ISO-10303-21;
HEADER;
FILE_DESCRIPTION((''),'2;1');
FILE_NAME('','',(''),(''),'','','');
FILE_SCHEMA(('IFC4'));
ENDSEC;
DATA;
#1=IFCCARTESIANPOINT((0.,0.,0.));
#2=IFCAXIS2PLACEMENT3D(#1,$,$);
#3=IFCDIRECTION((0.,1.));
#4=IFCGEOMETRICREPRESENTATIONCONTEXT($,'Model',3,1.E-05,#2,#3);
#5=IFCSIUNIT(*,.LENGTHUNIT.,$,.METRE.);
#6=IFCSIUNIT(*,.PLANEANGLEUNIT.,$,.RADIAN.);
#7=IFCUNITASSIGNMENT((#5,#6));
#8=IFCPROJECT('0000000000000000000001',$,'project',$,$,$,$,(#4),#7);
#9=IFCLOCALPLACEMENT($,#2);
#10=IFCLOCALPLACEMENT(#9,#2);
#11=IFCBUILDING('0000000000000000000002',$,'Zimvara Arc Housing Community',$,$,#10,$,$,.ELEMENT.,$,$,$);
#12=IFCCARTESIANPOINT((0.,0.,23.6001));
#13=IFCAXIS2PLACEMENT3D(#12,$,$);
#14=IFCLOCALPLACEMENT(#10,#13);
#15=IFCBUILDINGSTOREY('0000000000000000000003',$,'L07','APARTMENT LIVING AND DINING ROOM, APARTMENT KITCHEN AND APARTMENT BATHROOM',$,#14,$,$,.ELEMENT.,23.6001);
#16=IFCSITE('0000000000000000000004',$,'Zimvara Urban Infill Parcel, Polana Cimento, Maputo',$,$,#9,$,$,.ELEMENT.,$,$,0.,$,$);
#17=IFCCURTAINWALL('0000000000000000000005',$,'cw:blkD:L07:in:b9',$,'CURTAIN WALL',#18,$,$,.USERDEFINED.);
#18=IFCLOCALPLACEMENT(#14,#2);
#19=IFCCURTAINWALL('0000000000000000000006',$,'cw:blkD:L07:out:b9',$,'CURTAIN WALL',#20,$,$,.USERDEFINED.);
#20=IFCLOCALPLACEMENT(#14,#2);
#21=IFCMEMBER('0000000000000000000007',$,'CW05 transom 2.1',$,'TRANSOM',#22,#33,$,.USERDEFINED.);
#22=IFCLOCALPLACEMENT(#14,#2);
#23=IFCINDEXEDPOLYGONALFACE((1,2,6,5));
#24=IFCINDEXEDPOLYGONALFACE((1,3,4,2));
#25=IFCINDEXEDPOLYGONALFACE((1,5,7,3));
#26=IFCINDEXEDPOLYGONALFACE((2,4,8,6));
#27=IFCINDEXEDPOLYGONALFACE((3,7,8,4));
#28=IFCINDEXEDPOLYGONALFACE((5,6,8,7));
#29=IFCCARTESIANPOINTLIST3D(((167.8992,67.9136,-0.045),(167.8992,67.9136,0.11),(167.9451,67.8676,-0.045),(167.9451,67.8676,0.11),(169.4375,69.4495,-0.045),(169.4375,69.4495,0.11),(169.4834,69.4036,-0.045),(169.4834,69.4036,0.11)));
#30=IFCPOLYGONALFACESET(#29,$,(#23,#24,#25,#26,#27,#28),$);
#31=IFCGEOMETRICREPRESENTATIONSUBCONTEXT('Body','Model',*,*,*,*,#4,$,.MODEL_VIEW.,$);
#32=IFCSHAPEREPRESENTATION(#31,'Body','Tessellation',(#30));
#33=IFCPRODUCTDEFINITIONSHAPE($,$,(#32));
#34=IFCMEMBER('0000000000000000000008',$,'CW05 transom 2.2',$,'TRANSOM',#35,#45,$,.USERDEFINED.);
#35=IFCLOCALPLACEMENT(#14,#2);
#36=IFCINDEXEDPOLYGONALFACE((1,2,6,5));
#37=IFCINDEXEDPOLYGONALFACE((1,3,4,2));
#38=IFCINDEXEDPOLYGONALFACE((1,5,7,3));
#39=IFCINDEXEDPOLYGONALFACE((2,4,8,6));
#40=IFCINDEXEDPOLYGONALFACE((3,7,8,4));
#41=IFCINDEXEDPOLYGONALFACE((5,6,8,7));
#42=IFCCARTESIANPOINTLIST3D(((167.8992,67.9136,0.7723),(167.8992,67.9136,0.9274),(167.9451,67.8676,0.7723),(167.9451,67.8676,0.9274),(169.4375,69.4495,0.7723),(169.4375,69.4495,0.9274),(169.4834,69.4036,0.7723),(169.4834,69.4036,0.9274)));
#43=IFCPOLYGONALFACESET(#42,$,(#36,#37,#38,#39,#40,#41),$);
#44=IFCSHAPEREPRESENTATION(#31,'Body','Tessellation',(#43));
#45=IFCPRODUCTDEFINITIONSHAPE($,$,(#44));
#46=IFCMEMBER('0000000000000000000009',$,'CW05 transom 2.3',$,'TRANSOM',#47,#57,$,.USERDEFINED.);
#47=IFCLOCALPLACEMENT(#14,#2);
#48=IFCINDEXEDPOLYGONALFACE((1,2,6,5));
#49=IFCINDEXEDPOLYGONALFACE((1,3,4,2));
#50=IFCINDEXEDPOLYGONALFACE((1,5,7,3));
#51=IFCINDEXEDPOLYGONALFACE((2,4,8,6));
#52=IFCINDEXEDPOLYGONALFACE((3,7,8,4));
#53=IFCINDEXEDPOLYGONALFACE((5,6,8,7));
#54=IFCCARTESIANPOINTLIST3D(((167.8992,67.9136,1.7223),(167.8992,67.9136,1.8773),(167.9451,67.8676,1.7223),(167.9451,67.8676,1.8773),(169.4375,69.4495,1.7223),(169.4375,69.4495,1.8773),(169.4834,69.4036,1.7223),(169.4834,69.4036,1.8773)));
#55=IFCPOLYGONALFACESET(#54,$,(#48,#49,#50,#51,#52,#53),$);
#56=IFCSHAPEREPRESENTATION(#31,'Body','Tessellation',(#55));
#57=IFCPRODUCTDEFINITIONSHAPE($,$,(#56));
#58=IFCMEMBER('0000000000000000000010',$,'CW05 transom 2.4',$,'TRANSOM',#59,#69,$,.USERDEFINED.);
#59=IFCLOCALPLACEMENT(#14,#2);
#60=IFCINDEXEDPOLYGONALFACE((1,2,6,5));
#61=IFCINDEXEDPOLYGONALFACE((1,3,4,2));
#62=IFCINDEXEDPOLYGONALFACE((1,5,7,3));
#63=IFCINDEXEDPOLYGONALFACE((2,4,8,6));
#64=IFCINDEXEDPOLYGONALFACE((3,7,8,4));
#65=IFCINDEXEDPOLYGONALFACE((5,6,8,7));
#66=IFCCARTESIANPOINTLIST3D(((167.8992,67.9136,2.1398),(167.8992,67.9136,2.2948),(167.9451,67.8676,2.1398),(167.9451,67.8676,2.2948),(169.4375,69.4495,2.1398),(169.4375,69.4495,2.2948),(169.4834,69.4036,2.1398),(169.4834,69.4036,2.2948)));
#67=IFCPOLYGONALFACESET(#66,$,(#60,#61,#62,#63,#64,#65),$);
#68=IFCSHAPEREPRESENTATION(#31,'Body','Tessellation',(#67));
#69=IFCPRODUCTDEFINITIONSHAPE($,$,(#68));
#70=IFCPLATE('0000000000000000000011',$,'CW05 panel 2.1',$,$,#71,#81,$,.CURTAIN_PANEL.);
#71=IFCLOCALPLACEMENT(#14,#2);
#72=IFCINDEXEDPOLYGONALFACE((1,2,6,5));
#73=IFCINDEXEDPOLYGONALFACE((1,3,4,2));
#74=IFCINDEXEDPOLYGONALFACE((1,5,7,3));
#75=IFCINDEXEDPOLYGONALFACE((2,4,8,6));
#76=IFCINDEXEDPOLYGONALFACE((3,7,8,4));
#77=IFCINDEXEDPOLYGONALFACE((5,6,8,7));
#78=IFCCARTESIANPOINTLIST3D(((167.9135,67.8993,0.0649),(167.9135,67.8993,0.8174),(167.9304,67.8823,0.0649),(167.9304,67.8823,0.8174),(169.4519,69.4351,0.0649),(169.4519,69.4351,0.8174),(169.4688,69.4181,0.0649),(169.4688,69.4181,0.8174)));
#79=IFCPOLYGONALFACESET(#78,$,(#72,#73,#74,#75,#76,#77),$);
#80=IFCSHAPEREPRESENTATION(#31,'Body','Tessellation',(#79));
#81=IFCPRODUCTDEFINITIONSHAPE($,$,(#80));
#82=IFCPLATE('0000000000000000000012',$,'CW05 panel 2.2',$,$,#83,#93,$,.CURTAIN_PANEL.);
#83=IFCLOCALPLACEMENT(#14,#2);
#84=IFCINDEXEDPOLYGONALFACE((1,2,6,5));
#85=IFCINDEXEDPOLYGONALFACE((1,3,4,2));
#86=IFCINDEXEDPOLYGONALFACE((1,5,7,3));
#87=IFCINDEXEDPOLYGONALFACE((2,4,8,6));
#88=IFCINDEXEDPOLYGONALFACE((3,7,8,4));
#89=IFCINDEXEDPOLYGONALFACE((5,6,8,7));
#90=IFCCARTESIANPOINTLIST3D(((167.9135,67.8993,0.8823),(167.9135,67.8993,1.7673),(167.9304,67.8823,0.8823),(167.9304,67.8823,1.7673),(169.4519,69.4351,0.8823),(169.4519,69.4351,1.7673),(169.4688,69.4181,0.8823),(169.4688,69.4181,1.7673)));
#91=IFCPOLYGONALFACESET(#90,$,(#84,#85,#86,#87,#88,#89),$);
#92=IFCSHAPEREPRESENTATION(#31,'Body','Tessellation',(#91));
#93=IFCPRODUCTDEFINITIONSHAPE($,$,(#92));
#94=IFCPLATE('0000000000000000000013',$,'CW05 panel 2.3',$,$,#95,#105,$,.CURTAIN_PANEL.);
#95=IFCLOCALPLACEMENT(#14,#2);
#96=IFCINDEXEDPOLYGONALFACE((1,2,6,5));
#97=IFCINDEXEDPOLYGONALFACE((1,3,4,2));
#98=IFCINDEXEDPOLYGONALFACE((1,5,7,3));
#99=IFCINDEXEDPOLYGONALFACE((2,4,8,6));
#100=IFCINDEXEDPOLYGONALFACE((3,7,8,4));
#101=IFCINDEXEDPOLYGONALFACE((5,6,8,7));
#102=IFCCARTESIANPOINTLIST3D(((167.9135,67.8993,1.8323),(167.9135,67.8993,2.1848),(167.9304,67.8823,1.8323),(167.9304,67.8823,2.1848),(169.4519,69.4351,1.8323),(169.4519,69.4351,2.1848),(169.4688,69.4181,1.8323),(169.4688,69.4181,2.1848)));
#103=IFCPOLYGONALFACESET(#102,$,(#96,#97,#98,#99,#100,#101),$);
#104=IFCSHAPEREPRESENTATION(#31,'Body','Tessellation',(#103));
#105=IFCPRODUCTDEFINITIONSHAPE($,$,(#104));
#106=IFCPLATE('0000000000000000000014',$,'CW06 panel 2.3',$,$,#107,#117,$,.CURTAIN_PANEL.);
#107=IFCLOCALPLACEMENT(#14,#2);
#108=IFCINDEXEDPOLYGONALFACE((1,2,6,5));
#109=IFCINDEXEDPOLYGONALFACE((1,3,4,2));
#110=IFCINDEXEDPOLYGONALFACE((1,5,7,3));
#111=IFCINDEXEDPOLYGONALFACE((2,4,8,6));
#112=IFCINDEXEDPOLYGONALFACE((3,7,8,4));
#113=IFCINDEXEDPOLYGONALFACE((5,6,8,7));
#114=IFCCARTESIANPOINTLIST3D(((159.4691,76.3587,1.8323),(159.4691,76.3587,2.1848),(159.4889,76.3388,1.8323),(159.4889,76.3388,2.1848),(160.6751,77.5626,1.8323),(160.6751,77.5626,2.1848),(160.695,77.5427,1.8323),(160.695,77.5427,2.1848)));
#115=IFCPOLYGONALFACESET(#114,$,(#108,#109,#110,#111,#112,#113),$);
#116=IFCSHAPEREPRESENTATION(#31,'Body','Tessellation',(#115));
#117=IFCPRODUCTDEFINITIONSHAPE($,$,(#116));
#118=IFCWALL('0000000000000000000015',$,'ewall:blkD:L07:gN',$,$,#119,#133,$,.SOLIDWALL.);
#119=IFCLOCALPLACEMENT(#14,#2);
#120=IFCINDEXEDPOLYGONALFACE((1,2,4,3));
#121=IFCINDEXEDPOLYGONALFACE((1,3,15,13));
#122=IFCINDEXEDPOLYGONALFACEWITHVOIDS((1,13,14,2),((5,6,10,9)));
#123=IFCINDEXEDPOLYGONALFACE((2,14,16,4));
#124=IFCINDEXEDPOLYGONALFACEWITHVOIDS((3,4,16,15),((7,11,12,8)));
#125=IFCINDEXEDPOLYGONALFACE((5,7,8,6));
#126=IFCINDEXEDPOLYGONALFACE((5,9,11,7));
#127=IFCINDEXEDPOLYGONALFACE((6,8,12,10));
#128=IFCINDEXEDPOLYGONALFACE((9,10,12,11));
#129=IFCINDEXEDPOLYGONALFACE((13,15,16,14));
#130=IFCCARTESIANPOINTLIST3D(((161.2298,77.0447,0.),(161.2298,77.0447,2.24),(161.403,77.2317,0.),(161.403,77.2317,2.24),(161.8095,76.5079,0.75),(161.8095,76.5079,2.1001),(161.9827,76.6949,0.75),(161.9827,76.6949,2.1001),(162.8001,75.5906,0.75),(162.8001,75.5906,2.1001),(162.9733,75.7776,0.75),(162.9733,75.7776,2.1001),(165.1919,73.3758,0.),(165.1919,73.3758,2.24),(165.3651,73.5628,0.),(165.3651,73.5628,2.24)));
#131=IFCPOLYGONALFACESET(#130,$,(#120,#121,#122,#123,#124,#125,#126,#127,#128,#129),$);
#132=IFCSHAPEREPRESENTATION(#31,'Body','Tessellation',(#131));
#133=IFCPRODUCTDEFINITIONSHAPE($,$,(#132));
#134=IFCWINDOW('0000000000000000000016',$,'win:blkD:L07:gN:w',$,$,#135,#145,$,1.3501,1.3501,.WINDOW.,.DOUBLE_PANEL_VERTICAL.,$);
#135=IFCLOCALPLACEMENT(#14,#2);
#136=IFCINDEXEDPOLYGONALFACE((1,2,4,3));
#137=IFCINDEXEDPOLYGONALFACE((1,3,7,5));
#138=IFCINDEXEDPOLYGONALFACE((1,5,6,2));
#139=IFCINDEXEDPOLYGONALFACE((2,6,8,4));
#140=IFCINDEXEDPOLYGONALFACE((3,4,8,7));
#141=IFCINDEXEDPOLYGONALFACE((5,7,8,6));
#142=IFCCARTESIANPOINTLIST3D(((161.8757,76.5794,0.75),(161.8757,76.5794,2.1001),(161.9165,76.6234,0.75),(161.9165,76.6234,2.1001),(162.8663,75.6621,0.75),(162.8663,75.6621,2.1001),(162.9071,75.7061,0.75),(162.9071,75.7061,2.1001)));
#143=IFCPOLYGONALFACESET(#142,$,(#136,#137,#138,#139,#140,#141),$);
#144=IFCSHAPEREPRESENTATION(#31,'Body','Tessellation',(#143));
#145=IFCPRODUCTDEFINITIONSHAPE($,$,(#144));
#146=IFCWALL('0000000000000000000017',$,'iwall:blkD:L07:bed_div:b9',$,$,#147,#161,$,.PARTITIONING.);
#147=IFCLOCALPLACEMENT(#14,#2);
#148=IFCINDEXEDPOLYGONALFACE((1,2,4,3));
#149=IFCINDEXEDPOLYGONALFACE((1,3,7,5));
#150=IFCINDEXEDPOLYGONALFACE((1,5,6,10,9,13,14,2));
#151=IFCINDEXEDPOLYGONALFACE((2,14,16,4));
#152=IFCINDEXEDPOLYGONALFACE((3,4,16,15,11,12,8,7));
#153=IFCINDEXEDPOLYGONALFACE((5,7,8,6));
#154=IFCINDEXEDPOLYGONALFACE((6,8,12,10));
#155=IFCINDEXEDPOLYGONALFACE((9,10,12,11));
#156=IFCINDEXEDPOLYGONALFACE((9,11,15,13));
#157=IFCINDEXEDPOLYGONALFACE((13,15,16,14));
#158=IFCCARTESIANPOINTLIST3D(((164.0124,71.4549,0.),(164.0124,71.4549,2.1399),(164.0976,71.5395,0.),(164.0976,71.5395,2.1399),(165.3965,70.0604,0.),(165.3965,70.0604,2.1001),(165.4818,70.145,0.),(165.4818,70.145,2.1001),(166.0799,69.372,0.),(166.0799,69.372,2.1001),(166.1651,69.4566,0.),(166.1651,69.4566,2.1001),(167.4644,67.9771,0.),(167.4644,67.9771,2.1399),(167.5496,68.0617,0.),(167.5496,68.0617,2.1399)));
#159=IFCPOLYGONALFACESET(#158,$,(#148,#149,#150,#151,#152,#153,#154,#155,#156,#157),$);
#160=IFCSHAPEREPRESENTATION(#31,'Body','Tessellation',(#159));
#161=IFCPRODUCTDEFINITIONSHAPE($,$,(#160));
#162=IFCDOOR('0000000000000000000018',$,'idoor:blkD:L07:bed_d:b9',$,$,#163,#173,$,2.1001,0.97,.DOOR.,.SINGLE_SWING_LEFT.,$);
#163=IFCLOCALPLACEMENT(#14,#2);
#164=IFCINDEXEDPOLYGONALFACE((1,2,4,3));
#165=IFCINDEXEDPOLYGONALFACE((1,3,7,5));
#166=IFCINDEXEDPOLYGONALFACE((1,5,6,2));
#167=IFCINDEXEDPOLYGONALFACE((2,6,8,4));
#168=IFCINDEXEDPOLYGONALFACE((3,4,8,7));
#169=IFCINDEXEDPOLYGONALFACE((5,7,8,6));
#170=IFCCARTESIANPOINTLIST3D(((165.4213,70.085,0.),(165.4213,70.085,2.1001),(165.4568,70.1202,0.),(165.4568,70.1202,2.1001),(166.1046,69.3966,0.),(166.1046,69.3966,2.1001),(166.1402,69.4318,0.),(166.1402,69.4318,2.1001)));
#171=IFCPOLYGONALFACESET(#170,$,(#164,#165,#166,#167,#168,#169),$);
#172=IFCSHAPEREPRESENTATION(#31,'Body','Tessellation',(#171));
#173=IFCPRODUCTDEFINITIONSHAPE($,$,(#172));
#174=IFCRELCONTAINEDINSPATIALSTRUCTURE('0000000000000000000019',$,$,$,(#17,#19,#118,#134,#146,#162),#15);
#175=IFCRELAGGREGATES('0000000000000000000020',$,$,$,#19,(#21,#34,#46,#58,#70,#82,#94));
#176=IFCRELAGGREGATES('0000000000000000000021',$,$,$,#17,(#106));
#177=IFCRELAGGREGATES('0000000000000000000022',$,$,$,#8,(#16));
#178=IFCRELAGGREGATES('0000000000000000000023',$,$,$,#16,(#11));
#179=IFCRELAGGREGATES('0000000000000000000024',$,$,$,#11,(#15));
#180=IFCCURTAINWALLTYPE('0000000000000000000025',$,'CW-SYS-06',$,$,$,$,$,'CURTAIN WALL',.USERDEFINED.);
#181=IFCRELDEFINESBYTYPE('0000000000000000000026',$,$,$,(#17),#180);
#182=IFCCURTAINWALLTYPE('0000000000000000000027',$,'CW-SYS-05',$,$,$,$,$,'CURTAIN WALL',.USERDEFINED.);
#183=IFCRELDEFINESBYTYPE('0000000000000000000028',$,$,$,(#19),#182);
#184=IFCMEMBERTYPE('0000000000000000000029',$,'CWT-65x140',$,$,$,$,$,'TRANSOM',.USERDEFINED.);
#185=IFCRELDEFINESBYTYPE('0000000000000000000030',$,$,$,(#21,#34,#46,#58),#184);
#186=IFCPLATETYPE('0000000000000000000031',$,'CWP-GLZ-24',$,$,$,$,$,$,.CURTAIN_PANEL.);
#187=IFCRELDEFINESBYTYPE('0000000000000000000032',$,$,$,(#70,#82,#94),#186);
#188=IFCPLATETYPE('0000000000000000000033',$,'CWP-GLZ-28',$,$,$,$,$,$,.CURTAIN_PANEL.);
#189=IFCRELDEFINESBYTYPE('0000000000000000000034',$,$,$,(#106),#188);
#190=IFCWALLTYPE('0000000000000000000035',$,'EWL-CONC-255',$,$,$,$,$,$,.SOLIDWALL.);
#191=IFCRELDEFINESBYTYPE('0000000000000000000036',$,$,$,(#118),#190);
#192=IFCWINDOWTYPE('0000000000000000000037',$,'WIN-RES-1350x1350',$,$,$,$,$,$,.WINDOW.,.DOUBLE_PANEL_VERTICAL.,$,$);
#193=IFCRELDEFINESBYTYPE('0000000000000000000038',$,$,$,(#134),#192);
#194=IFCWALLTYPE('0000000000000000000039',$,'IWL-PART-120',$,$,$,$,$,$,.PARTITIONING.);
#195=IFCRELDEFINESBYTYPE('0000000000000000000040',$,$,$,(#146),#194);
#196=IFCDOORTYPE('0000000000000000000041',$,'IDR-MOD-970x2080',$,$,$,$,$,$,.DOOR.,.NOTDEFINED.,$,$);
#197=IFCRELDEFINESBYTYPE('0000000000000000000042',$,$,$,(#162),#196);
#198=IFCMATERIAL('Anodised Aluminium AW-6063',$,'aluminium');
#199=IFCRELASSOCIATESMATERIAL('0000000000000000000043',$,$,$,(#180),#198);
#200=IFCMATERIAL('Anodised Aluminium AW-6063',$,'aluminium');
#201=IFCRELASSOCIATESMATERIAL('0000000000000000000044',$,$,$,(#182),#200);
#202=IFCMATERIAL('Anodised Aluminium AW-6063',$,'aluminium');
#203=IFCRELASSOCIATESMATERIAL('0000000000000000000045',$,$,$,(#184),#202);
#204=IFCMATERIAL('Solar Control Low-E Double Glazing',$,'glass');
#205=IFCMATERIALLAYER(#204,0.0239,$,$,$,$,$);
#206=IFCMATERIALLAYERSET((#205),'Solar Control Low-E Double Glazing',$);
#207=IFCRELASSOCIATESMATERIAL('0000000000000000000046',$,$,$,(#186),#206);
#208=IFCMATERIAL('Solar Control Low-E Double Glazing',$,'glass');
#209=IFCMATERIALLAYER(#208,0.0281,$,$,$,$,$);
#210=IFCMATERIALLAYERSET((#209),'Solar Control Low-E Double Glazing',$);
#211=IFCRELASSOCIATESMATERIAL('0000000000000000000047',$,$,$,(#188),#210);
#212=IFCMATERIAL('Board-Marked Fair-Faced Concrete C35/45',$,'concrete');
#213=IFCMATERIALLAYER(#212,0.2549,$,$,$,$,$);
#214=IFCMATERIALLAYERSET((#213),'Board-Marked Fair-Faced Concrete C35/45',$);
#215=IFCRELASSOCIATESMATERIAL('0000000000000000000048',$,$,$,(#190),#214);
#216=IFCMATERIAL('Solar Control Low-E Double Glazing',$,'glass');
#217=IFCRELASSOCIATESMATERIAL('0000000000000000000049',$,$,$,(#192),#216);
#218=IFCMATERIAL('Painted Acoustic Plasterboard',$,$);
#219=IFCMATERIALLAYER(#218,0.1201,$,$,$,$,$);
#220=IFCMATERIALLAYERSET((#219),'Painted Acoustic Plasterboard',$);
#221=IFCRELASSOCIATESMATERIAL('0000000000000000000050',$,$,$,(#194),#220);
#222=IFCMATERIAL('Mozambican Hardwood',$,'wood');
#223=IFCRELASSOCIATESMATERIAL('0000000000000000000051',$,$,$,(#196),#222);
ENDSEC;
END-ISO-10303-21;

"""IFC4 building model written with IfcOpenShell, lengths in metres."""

from ifc_helpers import new_model, si_unit, direction, frame, frame_2d, origin, origin_2d, place, context, subcontext, project, spatial, rectangle, extrude, material, layer, layer_set, material_profile, profile_set, type_object, element, fill, aggregate, save


model = new_model("IFC4")

# Units and contexts
model_context = context("Model", 3, precision=1e-05, world=origin(), true_north=direction((0.0, 1.0)))
body_context = subcontext(model_context, "Body", "Model", "MODEL_VIEW")
ifc_project = project(units=[si_unit("LENGTHUNIT", "METRE"), si_unit("PLANEANGLEUNIT", "RADIAN")], contexts=[model_context])

# Site, building, storey
site_placement = place(None, origin())
site = spatial("IfcSite", under=ifc_project, at=site_placement, Name="Zimvara Urban Infill Parcel, Polana Cimento, Maputo", CompositionType="ELEMENT", RefElevation=0.0)
building_placement = place(site_placement, origin())
building = spatial("IfcBuilding", under=site, at=building_placement, Name="Zimvara Arc Housing Community", CompositionType="ELEMENT")
storey_placement = place(building_placement, frame((0.0, 0.0, 23.6001)))
storey = spatial("IfcBuildingStorey", under=building, at=storey_placement, Name="L07", Description="APARTMENT LIVING AND DINING ROOM, APARTMENT KITCHEN AND APARTMENT BATHROOM", CompositionType="ELEMENT", Elevation=23.6001)

# Curtain wall
ifc_material_1 = material(Name="Anodised Aluminium AW-6063", Category="aluminium")
curtain_wall_type_1 = type_object("IfcCurtainWallType", Name="CW-SYS-06", ElementType="CURTAIN WALL", PredefinedType="USERDEFINED", material=ifc_material_1)
curtain_wall_1_placement = place(storey_placement, origin())
curtain_wall_1 = element("IfcCurtainWall", 1, at=curtain_wall_1_placement, inside=storey, type_object=curtain_wall_type_1, Name="cw:blkD:L07:in:b9", ObjectType="CURTAIN WALL", PredefinedType="USERDEFINED")

# Curtain wall, members, plates
ifc_material_2 = material(Name="Anodised Aluminium AW-6063", Category="aluminium")
curtain_wall_type_2 = type_object("IfcCurtainWallType", Name="CW-SYS-05", ElementType="CURTAIN WALL", PredefinedType="USERDEFINED", material=ifc_material_2)
curtain_wall_2_placement = place(storey_placement, origin())
curtain_wall_2 = element("IfcCurtainWall", 2, at=curtain_wall_2_placement, inside=storey, type_object=curtain_wall_type_2, Name="cw:blkD:L07:out:b9", ObjectType="CURTAIN WALL", PredefinedType="USERDEFINED")
ifc_material_3 = material(Name="Anodised Aluminium AW-6063", Category="aluminium")
ifc_material_profile_1 = material_profile(ifc_material_3, rectangle(XDim=0.0649, YDim=0.155, at=origin_2d()), Name="ALU 65x155")
ifc_profile_set_1 = profile_set([ifc_material_profile_1], Name="Anodised Aluminium AW-6063")
member_type_1 = type_object("IfcMemberType", Name="CWT-65x140", ElementType="TRANSOM", PredefinedType="USERDEFINED", material=ifc_profile_set_1)
member_1_placement = place(storey_placement, frame((167.9221, 67.8906, 0.0325), z_axis=(0.707668, 0.706545, 0.0), x_axis=(-0.706545, 0.707668, 0.0)))
member_1 = element("IfcMember", 3, at=member_1_placement, type_object=member_type_1, Name="CW05 transom 2.1", ObjectType="TRANSOM", PredefinedType="USERDEFINED", context=body_context, shape_type="SweptSolid", body=[
    extrude(rectangle(XDim=0.0649, YDim=0.155, at=origin_2d()), origin(), (0.0, 0.0, 1.0), 2.1738),
])
member_2_placement = place(storey_placement, frame((167.9221, 67.8906, 0.8499), z_axis=(0.707668, 0.706545, 0.0), x_axis=(-0.706545, 0.707668, 0.0)))
member_2 = element("IfcMember", 4, at=member_2_placement, type_object=member_type_1, Name="CW05 transom 2.2", ObjectType="TRANSOM", PredefinedType="USERDEFINED", context=body_context, shape_type="SweptSolid", body=[
    extrude(rectangle(XDim=0.0649, YDim=0.155, at=origin_2d()), origin(), (0.0, 0.0, 1.0), 2.1738),
])
member_3_placement = place(storey_placement, frame((167.9221, 67.8906, 1.7998), z_axis=(0.707668, 0.706545, 0.0), x_axis=(-0.706545, 0.707668, 0.0)))
member_3 = element("IfcMember", 5, at=member_3_placement, type_object=member_type_1, Name="CW05 transom 2.3", ObjectType="TRANSOM", PredefinedType="USERDEFINED", context=body_context, shape_type="SweptSolid", body=[
    extrude(rectangle(XDim=0.0649, YDim=0.155, at=origin_2d()), origin(), (0.0, 0.0, 1.0), 2.1738),
])
member_4_placement = place(storey_placement, frame((167.9221, 67.8906, 2.2173), z_axis=(0.707668, 0.706545, 0.0), x_axis=(-0.706545, 0.707668, 0.0)))
member_4 = element("IfcMember", 6, at=member_4_placement, type_object=member_type_1, Name="CW05 transom 2.4", ObjectType="TRANSOM", PredefinedType="USERDEFINED", context=body_context, shape_type="SweptSolid", body=[
    extrude(rectangle(XDim=0.0649, YDim=0.155, at=origin_2d()), origin(), (0.0, 0.0, 1.0), 2.1738),
])
ifc_material_4 = material(Name="Solar Control Low-E Double Glazing", Category="glass")
ifc_layer_1 = layer(ifc_material_4, 0.0239)
ifc_layer_set_1 = layer_set([ifc_layer_1], Name="Solar Control Low-E Double Glazing")
plate_type_1 = type_object("IfcPlateType", Name="CWP-GLZ-24", PredefinedType="CURTAIN_PANEL", material=ifc_layer_set_1)
plate_1_placement = place(storey_placement, frame((168.6912, 68.6587, 0.0649), z_axis=(0.0, 0.0, 1.0), x_axis=(0.707724, 0.706489, 0.0)))
plate_1 = element("IfcPlate", 7, at=plate_1_placement, type_object=plate_type_1, Name="CW05 panel 2.1", PredefinedType="CURTAIN_PANEL", context=body_context, shape_type="SweptSolid", body=[
    extrude(rectangle(XDim=2.1738, YDim=0.0239, at=origin_2d()), origin(), (0.0, 0.0, 1.0), 0.7524),
])
plate_2_placement = place(storey_placement, frame((168.6912, 68.6587, 0.8823), z_axis=(0.0, 0.0, 1.0), x_axis=(0.707724, 0.706489, 0.0)))
plate_2 = element("IfcPlate", 8, at=plate_2_placement, type_object=plate_type_1, Name="CW05 panel 2.2", PredefinedType="CURTAIN_PANEL", context=body_context, shape_type="SweptSolid", body=[
    extrude(rectangle(XDim=2.1738, YDim=0.0239, at=origin_2d()), origin(), (0.0, 0.0, 1.0), 0.885),
])
plate_3_placement = place(storey_placement, frame((168.6912, 68.6587, 1.8323), z_axis=(0.0, 0.0, 1.0), x_axis=(0.707724, 0.706489, 0.0)))
plate_3 = element("IfcPlate", 9, at=plate_3_placement, type_object=plate_type_1, Name="CW05 panel 2.3", PredefinedType="CURTAIN_PANEL", context=body_context, shape_type="SweptSolid", body=[
    extrude(rectangle(XDim=2.1738, YDim=0.0239, at=origin_2d()), origin(), (0.0, 0.0, 1.0), 0.3525),
])
aggregate(curtain_wall_2, [member_1, member_2, member_3, member_4, plate_1, plate_2, plate_3])

# Plate
ifc_material_5 = material(Name="Solar Control Low-E Double Glazing", Category="glass")
ifc_layer_2 = layer(ifc_material_5, 0.0281)
ifc_layer_set_2 = layer_set([ifc_layer_2], Name="Solar Control Low-E Double Glazing")
plate_type_2 = type_object("IfcPlateType", Name="CWP-GLZ-28", PredefinedType="CURTAIN_PANEL", material=ifc_layer_set_2)
plate_4_placement = place(storey_placement, frame((160.082, 76.9507, 1.8323), z_axis=(0.0, 0.0, 1.0), x_axis=(0.707724, 0.706489, 0.0)))
plate_4 = element("IfcPlate", 10, at=plate_4_placement, type_object=plate_type_2, Name="CW06 panel 2.3", PredefinedType="CURTAIN_PANEL", context=body_context, shape_type="SweptSolid", body=[
    extrude(rectangle(XDim=1.7041, YDim=0.0281, at=origin_2d()), origin(), (0.0, 0.0, 1.0), 0.3525),
])
aggregate(curtain_wall_1, [plate_4])

# Wall, opening, window
ifc_material_6 = material(Name="Board-Marked Fair-Faced Concrete C35/45", Category="concrete")
ifc_layer_3 = layer(ifc_material_6, 0.2549)
ifc_layer_set_3 = layer_set([ifc_layer_3], Name="Board-Marked Fair-Faced Concrete C35/45")
wall_type_1 = type_object("IfcWallType", Name="EWL-CONC-255", PredefinedType="SOLIDWALL", material=ifc_layer_set_3)
wall_1_placement = place(storey_placement, frame((161.3164, 77.1382, 0.0), z_axis=(0.0, 0.0, 1.0), x_axis=(0.733735, -0.679436, 0.0)))
wall_1 = element("IfcWall", 11, at=wall_1_placement, inside=storey, type_object=wall_type_1, Name="ewall:blkD:L07:gN", PredefinedType="SOLIDWALL", context=body_context, shape_type="SweptSolid", body=[
    extrude(rectangle(XDim=5.3999, YDim=0.2549, at=frame_2d((2.7, 0.0))), origin(), (0.0, 0.0, 1.0), 2.24),
])
opening_1_placement = place(wall_1_placement, frame((0.79, 0.0, 0.75)))
opening_1 = element("IfcOpeningElement", 12, at=opening_1_placement, cuts=wall_1, PredefinedType="OPENING", context=body_context, shape_type="SweptSolid", body=[
    extrude(rectangle(XDim=1.3501, YDim=1.3501, at=frame_2d((0.675, 0.675))), frame((0.0, 0.1375, 0.0), z_axis=(0.0, -1.0, 0.0), x_axis=(1.0, 0.0, 0.0)), (0.0, 0.0, 1.0), 0.2749),
])
ifc_material_7 = material(Name="Solar Control Low-E Double Glazing", Category="glass")
window_type = type_object("IfcWindowType", Name="WIN-RES-1350x1350", PartitioningType="DOUBLE_PANEL_VERTICAL", PredefinedType="WINDOW", material=ifc_material_7)
window_placement = place(opening_1_placement, origin())
window = element("IfcWindow", 13, at=window_placement, inside=storey, type_object=window_type, Name="win:blkD:L07:gN:w", OverallHeight=1.3501, OverallWidth=1.3501, PartitioningType="DOUBLE_PANEL_VERTICAL", PredefinedType="WINDOW", context=body_context, shape_type="SweptSolid", body=[
    extrude(rectangle(XDim=1.3501, YDim=1.3501, at=frame_2d((0.675, 0.675))), frame((0.0, 0.03, 0.0), z_axis=(0.0, -1.0, 0.0), x_axis=(1.0, 0.0, 0.0)), (0.0, 0.0, 1.0), 0.0601),
])
fill(opening_1, window)

# Wall, opening, door
ifc_material_8 = material(Name="Painted Acoustic Plasterboard")
ifc_layer_4 = layer(ifc_material_8, 0.1201)
ifc_layer_set_4 = layer_set([ifc_layer_4], Name="Painted Acoustic Plasterboard")
wall_type_2 = type_object("IfcWallType", Name="IWL-PART-120", PredefinedType="PARTITIONING", material=ifc_layer_set_4)
wall_2_placement = place(storey_placement, frame((164.0549, 71.4973, 0.0), z_axis=(0.0, 0.0, 1.0), x_axis=(0.704461, -0.709743, 0.0)))
wall_2 = element("IfcWall", 14, at=wall_2_placement, inside=storey, type_object=wall_type_2, Name="iwall:blkD:L07:bed_div:b9", PredefinedType="PARTITIONING", context=body_context, shape_type="SweptSolid", body=[
    extrude(rectangle(XDim=4.9001, YDim=0.1201, at=frame_2d((2.4502, 0.0))), origin(), (0.0, 0.0, 1.0), 2.1399),
])
opening_2_placement = place(wall_2_placement, frame((1.9651, 0.0, 0.0)))
opening_2 = element("IfcOpeningElement", 15, at=opening_2_placement, cuts=wall_2, PredefinedType="OPENING", context=body_context, shape_type="SweptSolid", body=[
    extrude(rectangle(XDim=0.97, YDim=2.1001, at=frame_2d((0.4849, 1.05))), frame((0.0, 0.0701, 0.0), z_axis=(0.0, -1.0, 0.0), x_axis=(1.0, 0.0, 0.0)), (0.0, 0.0, 1.0), 0.1401),
])
ifc_material_9 = material(Name="Mozambican Hardwood", Category="wood")
door_type_1 = type_object("IfcDoorType", Name="IDR-MOD-970x2080", OperationType="NOTDEFINED", PredefinedType="DOOR", material=ifc_material_9)
door_1_placement = place(opening_2_placement, origin())
door_1 = element("IfcDoor", 16, at=door_1_placement, inside=storey, type_object=door_type_1, Name="idoor:blkD:L07:bed_d:b9", OperationType="SINGLE_SWING_LEFT", OverallHeight=2.1001, OverallWidth=0.97, PredefinedType="DOOR", context=body_context, shape_type="SweptSolid", body=[
    extrude(rectangle(XDim=0.97, YDim=2.1001, at=frame_2d((0.4849, 1.05))), frame((0.0, 0.0249, 0.0), z_axis=(0.0, -1.0, 0.0), x_axis=(1.0, 0.0, 0.0)), (0.0, 0.0, 1.0), 0.05),
])
fill(opening_2, door_1)

save(model, "model.ifc")
